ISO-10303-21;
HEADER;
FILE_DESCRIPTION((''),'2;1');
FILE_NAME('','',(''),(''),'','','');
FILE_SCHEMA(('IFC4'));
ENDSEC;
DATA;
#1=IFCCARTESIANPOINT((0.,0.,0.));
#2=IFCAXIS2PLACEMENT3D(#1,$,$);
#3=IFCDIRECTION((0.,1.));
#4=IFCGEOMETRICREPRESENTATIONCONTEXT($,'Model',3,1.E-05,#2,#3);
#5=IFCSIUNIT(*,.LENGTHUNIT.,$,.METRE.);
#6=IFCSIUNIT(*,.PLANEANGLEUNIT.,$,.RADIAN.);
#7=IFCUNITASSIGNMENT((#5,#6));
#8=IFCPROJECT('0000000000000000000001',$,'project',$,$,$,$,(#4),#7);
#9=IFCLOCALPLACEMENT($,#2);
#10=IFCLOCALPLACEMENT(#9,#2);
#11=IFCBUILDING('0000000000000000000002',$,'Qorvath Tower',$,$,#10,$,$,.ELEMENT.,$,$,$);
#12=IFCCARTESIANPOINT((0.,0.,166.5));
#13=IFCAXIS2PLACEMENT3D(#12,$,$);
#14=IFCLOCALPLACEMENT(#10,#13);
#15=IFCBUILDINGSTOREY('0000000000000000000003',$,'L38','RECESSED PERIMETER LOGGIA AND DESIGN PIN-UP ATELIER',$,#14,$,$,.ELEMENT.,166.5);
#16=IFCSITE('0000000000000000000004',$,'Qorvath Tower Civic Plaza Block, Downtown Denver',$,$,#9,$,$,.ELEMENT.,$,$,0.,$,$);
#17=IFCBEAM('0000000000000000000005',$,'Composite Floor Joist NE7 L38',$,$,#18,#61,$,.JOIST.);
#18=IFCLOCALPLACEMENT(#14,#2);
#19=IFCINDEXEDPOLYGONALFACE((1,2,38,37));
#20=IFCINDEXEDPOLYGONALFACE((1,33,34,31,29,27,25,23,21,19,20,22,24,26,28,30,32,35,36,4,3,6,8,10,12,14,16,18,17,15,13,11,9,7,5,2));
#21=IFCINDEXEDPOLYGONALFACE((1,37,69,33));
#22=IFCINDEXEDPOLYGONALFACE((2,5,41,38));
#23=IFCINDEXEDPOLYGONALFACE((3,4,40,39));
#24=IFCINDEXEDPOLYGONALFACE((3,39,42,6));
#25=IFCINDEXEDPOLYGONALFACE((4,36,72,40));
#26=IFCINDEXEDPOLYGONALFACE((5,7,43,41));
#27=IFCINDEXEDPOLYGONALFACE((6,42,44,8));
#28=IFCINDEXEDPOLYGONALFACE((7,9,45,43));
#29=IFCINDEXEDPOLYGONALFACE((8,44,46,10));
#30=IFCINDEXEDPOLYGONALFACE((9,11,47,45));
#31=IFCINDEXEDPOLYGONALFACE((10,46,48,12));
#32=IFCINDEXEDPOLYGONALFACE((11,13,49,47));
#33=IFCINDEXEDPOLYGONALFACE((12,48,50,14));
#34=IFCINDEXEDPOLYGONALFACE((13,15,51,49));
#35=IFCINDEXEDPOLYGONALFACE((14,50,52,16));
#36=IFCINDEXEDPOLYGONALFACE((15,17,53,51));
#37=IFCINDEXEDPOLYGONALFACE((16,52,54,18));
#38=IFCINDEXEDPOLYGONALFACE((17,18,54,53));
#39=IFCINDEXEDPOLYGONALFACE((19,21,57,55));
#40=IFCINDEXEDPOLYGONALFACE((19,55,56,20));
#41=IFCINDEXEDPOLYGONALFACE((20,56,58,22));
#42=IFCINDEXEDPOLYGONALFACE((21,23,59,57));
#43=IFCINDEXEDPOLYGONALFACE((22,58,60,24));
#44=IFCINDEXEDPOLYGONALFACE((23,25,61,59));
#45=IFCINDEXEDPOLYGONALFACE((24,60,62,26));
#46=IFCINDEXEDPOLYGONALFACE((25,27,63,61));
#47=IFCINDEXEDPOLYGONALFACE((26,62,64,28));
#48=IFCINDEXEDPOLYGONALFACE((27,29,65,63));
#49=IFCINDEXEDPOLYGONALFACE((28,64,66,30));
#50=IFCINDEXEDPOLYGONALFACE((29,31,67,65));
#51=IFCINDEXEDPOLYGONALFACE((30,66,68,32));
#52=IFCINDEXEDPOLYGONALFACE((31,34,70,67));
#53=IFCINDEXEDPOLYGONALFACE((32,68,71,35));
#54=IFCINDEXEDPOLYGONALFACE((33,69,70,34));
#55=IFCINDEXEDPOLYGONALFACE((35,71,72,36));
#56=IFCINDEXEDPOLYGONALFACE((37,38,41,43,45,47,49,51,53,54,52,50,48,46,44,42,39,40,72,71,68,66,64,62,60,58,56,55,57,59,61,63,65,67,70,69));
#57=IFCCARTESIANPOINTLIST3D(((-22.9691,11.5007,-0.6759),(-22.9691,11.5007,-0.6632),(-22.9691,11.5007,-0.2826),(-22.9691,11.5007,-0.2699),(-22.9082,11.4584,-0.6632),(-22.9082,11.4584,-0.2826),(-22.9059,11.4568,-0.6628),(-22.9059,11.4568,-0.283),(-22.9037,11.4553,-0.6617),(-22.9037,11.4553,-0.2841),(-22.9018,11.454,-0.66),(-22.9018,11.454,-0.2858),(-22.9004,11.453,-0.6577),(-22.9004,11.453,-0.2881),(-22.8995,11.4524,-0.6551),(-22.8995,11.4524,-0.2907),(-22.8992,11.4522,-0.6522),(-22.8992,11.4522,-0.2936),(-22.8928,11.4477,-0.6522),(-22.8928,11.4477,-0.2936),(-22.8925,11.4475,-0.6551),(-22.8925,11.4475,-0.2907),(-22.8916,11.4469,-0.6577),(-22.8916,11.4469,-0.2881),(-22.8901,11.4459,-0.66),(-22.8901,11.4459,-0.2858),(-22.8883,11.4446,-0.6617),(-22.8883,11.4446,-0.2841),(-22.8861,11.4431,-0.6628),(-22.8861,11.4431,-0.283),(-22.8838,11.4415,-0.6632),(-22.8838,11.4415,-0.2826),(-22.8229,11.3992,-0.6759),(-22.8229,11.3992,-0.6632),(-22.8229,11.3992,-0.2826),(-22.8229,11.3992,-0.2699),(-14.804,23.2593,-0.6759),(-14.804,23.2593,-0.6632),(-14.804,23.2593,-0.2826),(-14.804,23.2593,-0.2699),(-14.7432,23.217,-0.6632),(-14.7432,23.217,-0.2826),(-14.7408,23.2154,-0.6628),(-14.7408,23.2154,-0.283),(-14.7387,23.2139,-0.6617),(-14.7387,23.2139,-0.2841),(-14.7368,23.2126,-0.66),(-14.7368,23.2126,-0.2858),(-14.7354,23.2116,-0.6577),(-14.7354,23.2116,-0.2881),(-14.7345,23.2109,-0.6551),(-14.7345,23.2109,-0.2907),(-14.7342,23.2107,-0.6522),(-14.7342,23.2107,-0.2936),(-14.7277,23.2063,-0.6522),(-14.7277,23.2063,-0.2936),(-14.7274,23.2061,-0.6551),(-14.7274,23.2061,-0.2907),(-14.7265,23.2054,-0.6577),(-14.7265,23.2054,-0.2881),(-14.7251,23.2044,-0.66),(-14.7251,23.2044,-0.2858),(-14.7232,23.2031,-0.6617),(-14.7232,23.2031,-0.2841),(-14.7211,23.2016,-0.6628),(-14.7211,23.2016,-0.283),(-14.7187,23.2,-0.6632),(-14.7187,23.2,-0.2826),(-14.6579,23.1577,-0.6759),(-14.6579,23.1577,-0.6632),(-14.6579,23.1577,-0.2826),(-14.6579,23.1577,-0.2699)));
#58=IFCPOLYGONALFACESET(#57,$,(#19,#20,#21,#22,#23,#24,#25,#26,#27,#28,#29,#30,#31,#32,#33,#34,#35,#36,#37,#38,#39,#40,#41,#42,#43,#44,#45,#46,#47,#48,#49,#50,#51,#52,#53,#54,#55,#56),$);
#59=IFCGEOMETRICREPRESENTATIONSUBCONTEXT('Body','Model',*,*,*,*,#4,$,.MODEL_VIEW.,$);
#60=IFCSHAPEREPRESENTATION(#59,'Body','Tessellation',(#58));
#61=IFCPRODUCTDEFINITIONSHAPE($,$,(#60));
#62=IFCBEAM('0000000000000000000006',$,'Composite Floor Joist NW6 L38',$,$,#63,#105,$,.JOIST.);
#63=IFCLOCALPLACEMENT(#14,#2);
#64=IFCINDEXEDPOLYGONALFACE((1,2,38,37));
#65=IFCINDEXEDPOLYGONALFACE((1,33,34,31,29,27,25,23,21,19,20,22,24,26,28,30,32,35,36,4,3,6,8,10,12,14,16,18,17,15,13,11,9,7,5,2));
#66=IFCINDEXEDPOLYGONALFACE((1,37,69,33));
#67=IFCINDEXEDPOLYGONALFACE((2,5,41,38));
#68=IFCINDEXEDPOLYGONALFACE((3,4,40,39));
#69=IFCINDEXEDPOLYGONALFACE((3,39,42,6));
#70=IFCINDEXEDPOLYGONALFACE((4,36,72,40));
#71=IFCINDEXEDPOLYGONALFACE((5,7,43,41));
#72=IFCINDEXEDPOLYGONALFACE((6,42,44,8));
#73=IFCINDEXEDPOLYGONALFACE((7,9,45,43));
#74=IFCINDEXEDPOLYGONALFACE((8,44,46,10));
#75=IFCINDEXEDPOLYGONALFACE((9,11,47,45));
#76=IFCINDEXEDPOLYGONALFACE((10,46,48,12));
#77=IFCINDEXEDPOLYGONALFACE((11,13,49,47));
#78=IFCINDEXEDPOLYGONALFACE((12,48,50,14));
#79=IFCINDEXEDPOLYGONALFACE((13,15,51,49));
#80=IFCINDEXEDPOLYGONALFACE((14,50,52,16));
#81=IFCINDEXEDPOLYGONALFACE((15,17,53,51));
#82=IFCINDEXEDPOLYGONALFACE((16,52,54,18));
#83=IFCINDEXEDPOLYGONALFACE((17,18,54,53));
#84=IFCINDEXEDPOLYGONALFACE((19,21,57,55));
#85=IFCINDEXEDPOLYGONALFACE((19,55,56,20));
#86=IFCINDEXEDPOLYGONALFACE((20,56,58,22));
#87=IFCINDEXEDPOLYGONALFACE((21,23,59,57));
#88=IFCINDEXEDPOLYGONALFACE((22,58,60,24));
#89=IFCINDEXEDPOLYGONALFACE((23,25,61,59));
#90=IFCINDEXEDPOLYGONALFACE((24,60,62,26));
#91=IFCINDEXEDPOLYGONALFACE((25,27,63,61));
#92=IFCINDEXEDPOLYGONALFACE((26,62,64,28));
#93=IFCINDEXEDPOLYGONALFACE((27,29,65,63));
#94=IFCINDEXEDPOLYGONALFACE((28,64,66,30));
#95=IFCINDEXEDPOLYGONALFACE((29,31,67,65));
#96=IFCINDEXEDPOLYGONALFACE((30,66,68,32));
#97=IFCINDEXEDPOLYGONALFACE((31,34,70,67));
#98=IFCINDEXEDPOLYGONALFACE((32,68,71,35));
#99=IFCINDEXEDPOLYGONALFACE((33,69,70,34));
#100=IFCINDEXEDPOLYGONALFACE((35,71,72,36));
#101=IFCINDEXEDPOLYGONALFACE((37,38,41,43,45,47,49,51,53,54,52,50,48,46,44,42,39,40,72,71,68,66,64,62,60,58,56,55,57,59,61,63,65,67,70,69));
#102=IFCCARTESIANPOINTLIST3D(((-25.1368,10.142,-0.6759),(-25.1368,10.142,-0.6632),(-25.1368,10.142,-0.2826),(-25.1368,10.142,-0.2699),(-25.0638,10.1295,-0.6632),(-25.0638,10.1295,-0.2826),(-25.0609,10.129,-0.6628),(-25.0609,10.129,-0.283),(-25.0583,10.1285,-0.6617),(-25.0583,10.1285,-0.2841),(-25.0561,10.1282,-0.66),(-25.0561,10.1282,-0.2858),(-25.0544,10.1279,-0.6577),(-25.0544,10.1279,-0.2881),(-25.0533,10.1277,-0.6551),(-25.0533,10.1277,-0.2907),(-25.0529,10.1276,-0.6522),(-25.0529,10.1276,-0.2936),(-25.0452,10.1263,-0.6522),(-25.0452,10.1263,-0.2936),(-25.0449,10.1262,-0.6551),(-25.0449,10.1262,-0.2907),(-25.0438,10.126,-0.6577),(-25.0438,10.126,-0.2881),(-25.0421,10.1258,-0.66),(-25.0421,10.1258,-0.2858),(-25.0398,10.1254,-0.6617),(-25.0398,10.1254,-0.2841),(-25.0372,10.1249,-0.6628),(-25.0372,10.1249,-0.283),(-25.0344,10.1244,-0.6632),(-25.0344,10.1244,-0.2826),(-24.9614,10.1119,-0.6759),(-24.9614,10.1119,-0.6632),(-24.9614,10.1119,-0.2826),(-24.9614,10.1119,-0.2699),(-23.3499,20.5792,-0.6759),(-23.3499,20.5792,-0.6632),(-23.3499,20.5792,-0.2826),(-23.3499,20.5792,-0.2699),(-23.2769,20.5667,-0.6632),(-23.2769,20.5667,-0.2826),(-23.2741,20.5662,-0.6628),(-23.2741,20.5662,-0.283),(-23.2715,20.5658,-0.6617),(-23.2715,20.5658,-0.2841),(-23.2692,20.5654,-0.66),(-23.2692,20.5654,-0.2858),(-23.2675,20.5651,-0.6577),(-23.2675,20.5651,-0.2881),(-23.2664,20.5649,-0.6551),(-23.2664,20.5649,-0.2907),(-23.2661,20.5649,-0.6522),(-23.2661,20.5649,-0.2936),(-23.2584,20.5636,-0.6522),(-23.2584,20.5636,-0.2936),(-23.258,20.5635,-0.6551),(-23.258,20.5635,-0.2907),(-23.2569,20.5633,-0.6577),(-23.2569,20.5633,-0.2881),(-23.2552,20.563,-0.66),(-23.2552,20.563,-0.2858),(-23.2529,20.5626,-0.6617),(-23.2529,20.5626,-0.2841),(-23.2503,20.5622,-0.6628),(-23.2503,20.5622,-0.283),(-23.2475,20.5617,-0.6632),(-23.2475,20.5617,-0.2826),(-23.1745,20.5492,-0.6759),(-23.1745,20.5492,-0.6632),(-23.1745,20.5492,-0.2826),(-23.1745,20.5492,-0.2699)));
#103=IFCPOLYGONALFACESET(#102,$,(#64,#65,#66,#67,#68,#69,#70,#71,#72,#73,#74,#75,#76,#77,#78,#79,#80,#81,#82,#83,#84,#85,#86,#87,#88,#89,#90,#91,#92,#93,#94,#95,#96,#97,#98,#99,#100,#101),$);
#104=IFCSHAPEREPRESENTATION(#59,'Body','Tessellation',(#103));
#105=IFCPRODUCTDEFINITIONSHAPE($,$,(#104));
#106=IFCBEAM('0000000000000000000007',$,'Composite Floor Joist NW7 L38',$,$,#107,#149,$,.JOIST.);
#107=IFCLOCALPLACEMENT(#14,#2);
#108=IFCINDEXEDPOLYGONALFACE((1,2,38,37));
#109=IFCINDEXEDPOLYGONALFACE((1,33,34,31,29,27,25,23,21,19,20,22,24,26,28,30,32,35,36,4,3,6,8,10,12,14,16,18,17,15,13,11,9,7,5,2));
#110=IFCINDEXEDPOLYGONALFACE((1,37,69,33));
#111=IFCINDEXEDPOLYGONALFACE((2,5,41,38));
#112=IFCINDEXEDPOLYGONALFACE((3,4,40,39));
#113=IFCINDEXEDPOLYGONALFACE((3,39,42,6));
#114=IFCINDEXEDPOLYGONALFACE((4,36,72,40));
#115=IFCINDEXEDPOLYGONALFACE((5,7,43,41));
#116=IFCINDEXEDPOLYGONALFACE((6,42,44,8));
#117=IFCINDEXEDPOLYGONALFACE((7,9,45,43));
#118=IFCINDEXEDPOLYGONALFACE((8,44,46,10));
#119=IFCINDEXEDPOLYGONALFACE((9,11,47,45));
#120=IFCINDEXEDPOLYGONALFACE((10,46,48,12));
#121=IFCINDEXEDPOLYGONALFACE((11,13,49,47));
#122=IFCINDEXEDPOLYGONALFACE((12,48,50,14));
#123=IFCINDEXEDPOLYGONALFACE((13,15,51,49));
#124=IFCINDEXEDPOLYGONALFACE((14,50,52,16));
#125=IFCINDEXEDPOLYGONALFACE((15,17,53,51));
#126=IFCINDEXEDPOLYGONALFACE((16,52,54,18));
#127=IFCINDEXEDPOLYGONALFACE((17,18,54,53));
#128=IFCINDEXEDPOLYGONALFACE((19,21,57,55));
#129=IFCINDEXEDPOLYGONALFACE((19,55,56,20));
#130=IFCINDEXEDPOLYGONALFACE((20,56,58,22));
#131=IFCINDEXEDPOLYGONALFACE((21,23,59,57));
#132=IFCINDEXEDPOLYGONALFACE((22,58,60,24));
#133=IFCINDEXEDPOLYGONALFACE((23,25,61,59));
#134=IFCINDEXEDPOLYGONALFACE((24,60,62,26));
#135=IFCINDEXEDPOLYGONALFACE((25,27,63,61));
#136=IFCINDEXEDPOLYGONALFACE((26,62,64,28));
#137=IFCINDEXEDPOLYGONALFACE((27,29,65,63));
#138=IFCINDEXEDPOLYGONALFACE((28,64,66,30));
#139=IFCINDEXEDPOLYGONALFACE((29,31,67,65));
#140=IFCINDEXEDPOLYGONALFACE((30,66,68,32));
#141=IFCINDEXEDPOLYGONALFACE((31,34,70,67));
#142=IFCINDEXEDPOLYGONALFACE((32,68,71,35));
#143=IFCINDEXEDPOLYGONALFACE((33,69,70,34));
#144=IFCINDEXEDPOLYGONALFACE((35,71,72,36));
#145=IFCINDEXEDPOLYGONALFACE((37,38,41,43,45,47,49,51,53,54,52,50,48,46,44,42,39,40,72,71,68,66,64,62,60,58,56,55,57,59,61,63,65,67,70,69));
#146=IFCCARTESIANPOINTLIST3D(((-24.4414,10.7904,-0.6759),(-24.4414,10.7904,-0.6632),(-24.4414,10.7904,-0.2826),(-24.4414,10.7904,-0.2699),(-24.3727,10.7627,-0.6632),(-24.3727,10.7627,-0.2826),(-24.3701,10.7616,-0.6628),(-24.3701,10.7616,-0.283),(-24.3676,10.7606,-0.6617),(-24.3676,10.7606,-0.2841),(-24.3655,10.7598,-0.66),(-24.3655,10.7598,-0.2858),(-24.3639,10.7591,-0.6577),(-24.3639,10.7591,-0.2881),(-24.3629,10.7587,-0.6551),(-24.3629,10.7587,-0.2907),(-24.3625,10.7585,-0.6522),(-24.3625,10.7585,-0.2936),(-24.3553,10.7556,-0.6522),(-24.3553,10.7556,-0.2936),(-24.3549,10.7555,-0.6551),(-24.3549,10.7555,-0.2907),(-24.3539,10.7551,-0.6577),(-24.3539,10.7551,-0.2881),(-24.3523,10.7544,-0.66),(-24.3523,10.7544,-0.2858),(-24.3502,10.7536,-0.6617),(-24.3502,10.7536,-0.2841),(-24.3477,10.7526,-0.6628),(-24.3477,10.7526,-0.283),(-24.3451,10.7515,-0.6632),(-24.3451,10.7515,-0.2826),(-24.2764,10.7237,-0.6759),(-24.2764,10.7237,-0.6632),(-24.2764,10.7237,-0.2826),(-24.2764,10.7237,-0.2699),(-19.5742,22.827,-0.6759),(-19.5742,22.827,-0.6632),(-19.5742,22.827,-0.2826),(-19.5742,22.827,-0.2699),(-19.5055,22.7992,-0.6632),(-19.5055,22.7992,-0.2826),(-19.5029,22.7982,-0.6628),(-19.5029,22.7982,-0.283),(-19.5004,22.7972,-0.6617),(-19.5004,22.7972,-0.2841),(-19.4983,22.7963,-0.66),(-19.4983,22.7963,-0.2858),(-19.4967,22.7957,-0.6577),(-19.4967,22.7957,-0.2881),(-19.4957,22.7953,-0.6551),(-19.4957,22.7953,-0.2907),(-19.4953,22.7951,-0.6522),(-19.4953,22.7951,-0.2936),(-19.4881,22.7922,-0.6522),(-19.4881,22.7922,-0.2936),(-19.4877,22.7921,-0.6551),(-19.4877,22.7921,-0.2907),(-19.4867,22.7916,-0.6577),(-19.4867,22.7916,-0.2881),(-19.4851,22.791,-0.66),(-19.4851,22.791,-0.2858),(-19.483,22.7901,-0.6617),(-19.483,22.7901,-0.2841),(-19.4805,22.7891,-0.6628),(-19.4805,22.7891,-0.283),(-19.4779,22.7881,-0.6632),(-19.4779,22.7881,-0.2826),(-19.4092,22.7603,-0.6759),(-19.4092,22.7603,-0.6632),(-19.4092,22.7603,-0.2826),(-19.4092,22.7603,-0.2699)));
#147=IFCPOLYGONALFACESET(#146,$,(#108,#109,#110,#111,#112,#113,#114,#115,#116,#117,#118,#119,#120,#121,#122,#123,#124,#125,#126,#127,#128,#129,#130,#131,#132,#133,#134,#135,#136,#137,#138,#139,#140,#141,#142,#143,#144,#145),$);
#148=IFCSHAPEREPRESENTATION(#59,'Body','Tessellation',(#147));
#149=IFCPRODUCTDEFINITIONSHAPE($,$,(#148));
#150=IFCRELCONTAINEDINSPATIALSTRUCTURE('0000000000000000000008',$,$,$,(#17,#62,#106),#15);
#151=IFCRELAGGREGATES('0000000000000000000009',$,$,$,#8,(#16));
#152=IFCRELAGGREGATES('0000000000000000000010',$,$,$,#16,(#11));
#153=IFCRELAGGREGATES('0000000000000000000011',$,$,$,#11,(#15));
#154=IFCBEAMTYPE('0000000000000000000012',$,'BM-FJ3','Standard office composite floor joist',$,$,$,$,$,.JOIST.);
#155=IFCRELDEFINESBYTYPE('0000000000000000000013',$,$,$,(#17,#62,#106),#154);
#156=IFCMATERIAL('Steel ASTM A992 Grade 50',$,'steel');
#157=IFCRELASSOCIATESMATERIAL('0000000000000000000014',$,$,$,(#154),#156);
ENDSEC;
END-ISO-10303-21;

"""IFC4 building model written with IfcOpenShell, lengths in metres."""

from ifc_helpers import new_model, si_unit, direction, frame, origin, origin_2d, place, context, subcontext, project, spatial, i_section, extrude, material, material_profile, profile_set, type_object, element, save


model = new_model("IFC4")

# Units and contexts
model_context = context("Model", 3, precision=1e-05, world=origin(), true_north=direction((0.0, 1.0)))
body_context = subcontext(model_context, "Body", "Model", "MODEL_VIEW")
ifc_project = project(units=[si_unit("LENGTHUNIT", "METRE"), si_unit("PLANEANGLEUNIT", "RADIAN")], contexts=[model_context])

# Site, building, storey
site_placement = place(None, origin())
site = spatial("IfcSite", under=ifc_project, at=site_placement, Name="Qorvath Tower Civic Plaza Block, Downtown Denver", CompositionType="ELEMENT", RefElevation=0.0)
building_placement = place(site_placement, origin())
building = spatial("IfcBuilding", under=site, at=building_placement, Name="Qorvath Tower", CompositionType="ELEMENT")
storey_placement = place(building_placement, frame((0.0, 0.0, 166.5)))
storey = spatial("IfcBuildingStorey", under=building, at=storey_placement, Name="L38", Description="RECESSED PERIMETER LOGGIA AND DESIGN PIN-UP ATELIER", CompositionType="ELEMENT", Elevation=166.5)

# Beams
ifc_material_1 = material(Name="Steel ASTM A992 Grade 50", Category="steel")
ifc_material_profile_1 = material_profile(ifc_material_1, i_section(OverallWidth=0.178, OverallDepth=0.406, WebThickness=0.0078, FlangeThickness=0.0127, FilletRadius=0.011, at=origin_2d()), Name="W16x40")
ifc_profile_set_1 = profile_set([ifc_material_profile_1], Name="Steel ASTM A992 Grade 50")
beam_type_1 = type_object("IfcBeamType", Name="BM-FJ3", Description="Standard office composite floor joist", PredefinedType="JOIST", material=ifc_profile_set_1)
beam_1_placement = place(storey_placement, frame((-22.896, 11.45, -0.4729), z_axis=(0.570367, 0.82139, 0.0), x_axis=(-0.82139, 0.570367, 0.0)))
element("IfcBeam", 1, at=beam_1_placement, inside=storey, type_object=beam_type_1, Name="Composite Floor Joist NE7 L38", PredefinedType="JOIST", context=body_context, shape_type="SweptSolid", body=[
    extrude(i_section(OverallWidth=0.178, OverallDepth=0.406, WebThickness=0.0078, FlangeThickness=0.0127, FilletRadius=0.011, at=origin_2d()), origin(), (0.0, 0.0, 1.0), 14.3154),
])
beam_2_placement = place(storey_placement, frame((-25.0491, 10.127, -0.4729), z_axis=(0.168746, 0.98566, 0.0), x_axis=(-0.98566, 0.168746, 0.0)))
element("IfcBeam", 2, at=beam_2_placement, inside=storey, type_object=beam_type_1, Name="Composite Floor Joist NW6 L38", PredefinedType="JOIST", context=body_context, shape_type="SweptSolid", body=[
    extrude(i_section(OverallWidth=0.178, OverallDepth=0.406, WebThickness=0.0078, FlangeThickness=0.0127, FilletRadius=0.011, at=origin_2d()), origin(), (0.0, 0.0, 1.0), 10.5891),
])
beam_3_placement = place(storey_placement, frame((-24.3589, 10.7571, -0.4729), z_axis=(0.374877, 0.927075, 0.0), x_axis=(-0.927075, 0.374877, 0.0)))
element("IfcBeam", 3, at=beam_3_placement, inside=storey, type_object=beam_type_1, Name="Composite Floor Joist NW7 L38", PredefinedType="JOIST", context=body_context, shape_type="SweptSolid", body=[
    extrude(i_section(OverallWidth=0.178, OverallDepth=0.406, WebThickness=0.0078, FlangeThickness=0.0127, FilletRadius=0.011, at=origin_2d()), origin(), (0.0, 0.0, 1.0), 12.9834),
])

save(model, "model.ifc")
